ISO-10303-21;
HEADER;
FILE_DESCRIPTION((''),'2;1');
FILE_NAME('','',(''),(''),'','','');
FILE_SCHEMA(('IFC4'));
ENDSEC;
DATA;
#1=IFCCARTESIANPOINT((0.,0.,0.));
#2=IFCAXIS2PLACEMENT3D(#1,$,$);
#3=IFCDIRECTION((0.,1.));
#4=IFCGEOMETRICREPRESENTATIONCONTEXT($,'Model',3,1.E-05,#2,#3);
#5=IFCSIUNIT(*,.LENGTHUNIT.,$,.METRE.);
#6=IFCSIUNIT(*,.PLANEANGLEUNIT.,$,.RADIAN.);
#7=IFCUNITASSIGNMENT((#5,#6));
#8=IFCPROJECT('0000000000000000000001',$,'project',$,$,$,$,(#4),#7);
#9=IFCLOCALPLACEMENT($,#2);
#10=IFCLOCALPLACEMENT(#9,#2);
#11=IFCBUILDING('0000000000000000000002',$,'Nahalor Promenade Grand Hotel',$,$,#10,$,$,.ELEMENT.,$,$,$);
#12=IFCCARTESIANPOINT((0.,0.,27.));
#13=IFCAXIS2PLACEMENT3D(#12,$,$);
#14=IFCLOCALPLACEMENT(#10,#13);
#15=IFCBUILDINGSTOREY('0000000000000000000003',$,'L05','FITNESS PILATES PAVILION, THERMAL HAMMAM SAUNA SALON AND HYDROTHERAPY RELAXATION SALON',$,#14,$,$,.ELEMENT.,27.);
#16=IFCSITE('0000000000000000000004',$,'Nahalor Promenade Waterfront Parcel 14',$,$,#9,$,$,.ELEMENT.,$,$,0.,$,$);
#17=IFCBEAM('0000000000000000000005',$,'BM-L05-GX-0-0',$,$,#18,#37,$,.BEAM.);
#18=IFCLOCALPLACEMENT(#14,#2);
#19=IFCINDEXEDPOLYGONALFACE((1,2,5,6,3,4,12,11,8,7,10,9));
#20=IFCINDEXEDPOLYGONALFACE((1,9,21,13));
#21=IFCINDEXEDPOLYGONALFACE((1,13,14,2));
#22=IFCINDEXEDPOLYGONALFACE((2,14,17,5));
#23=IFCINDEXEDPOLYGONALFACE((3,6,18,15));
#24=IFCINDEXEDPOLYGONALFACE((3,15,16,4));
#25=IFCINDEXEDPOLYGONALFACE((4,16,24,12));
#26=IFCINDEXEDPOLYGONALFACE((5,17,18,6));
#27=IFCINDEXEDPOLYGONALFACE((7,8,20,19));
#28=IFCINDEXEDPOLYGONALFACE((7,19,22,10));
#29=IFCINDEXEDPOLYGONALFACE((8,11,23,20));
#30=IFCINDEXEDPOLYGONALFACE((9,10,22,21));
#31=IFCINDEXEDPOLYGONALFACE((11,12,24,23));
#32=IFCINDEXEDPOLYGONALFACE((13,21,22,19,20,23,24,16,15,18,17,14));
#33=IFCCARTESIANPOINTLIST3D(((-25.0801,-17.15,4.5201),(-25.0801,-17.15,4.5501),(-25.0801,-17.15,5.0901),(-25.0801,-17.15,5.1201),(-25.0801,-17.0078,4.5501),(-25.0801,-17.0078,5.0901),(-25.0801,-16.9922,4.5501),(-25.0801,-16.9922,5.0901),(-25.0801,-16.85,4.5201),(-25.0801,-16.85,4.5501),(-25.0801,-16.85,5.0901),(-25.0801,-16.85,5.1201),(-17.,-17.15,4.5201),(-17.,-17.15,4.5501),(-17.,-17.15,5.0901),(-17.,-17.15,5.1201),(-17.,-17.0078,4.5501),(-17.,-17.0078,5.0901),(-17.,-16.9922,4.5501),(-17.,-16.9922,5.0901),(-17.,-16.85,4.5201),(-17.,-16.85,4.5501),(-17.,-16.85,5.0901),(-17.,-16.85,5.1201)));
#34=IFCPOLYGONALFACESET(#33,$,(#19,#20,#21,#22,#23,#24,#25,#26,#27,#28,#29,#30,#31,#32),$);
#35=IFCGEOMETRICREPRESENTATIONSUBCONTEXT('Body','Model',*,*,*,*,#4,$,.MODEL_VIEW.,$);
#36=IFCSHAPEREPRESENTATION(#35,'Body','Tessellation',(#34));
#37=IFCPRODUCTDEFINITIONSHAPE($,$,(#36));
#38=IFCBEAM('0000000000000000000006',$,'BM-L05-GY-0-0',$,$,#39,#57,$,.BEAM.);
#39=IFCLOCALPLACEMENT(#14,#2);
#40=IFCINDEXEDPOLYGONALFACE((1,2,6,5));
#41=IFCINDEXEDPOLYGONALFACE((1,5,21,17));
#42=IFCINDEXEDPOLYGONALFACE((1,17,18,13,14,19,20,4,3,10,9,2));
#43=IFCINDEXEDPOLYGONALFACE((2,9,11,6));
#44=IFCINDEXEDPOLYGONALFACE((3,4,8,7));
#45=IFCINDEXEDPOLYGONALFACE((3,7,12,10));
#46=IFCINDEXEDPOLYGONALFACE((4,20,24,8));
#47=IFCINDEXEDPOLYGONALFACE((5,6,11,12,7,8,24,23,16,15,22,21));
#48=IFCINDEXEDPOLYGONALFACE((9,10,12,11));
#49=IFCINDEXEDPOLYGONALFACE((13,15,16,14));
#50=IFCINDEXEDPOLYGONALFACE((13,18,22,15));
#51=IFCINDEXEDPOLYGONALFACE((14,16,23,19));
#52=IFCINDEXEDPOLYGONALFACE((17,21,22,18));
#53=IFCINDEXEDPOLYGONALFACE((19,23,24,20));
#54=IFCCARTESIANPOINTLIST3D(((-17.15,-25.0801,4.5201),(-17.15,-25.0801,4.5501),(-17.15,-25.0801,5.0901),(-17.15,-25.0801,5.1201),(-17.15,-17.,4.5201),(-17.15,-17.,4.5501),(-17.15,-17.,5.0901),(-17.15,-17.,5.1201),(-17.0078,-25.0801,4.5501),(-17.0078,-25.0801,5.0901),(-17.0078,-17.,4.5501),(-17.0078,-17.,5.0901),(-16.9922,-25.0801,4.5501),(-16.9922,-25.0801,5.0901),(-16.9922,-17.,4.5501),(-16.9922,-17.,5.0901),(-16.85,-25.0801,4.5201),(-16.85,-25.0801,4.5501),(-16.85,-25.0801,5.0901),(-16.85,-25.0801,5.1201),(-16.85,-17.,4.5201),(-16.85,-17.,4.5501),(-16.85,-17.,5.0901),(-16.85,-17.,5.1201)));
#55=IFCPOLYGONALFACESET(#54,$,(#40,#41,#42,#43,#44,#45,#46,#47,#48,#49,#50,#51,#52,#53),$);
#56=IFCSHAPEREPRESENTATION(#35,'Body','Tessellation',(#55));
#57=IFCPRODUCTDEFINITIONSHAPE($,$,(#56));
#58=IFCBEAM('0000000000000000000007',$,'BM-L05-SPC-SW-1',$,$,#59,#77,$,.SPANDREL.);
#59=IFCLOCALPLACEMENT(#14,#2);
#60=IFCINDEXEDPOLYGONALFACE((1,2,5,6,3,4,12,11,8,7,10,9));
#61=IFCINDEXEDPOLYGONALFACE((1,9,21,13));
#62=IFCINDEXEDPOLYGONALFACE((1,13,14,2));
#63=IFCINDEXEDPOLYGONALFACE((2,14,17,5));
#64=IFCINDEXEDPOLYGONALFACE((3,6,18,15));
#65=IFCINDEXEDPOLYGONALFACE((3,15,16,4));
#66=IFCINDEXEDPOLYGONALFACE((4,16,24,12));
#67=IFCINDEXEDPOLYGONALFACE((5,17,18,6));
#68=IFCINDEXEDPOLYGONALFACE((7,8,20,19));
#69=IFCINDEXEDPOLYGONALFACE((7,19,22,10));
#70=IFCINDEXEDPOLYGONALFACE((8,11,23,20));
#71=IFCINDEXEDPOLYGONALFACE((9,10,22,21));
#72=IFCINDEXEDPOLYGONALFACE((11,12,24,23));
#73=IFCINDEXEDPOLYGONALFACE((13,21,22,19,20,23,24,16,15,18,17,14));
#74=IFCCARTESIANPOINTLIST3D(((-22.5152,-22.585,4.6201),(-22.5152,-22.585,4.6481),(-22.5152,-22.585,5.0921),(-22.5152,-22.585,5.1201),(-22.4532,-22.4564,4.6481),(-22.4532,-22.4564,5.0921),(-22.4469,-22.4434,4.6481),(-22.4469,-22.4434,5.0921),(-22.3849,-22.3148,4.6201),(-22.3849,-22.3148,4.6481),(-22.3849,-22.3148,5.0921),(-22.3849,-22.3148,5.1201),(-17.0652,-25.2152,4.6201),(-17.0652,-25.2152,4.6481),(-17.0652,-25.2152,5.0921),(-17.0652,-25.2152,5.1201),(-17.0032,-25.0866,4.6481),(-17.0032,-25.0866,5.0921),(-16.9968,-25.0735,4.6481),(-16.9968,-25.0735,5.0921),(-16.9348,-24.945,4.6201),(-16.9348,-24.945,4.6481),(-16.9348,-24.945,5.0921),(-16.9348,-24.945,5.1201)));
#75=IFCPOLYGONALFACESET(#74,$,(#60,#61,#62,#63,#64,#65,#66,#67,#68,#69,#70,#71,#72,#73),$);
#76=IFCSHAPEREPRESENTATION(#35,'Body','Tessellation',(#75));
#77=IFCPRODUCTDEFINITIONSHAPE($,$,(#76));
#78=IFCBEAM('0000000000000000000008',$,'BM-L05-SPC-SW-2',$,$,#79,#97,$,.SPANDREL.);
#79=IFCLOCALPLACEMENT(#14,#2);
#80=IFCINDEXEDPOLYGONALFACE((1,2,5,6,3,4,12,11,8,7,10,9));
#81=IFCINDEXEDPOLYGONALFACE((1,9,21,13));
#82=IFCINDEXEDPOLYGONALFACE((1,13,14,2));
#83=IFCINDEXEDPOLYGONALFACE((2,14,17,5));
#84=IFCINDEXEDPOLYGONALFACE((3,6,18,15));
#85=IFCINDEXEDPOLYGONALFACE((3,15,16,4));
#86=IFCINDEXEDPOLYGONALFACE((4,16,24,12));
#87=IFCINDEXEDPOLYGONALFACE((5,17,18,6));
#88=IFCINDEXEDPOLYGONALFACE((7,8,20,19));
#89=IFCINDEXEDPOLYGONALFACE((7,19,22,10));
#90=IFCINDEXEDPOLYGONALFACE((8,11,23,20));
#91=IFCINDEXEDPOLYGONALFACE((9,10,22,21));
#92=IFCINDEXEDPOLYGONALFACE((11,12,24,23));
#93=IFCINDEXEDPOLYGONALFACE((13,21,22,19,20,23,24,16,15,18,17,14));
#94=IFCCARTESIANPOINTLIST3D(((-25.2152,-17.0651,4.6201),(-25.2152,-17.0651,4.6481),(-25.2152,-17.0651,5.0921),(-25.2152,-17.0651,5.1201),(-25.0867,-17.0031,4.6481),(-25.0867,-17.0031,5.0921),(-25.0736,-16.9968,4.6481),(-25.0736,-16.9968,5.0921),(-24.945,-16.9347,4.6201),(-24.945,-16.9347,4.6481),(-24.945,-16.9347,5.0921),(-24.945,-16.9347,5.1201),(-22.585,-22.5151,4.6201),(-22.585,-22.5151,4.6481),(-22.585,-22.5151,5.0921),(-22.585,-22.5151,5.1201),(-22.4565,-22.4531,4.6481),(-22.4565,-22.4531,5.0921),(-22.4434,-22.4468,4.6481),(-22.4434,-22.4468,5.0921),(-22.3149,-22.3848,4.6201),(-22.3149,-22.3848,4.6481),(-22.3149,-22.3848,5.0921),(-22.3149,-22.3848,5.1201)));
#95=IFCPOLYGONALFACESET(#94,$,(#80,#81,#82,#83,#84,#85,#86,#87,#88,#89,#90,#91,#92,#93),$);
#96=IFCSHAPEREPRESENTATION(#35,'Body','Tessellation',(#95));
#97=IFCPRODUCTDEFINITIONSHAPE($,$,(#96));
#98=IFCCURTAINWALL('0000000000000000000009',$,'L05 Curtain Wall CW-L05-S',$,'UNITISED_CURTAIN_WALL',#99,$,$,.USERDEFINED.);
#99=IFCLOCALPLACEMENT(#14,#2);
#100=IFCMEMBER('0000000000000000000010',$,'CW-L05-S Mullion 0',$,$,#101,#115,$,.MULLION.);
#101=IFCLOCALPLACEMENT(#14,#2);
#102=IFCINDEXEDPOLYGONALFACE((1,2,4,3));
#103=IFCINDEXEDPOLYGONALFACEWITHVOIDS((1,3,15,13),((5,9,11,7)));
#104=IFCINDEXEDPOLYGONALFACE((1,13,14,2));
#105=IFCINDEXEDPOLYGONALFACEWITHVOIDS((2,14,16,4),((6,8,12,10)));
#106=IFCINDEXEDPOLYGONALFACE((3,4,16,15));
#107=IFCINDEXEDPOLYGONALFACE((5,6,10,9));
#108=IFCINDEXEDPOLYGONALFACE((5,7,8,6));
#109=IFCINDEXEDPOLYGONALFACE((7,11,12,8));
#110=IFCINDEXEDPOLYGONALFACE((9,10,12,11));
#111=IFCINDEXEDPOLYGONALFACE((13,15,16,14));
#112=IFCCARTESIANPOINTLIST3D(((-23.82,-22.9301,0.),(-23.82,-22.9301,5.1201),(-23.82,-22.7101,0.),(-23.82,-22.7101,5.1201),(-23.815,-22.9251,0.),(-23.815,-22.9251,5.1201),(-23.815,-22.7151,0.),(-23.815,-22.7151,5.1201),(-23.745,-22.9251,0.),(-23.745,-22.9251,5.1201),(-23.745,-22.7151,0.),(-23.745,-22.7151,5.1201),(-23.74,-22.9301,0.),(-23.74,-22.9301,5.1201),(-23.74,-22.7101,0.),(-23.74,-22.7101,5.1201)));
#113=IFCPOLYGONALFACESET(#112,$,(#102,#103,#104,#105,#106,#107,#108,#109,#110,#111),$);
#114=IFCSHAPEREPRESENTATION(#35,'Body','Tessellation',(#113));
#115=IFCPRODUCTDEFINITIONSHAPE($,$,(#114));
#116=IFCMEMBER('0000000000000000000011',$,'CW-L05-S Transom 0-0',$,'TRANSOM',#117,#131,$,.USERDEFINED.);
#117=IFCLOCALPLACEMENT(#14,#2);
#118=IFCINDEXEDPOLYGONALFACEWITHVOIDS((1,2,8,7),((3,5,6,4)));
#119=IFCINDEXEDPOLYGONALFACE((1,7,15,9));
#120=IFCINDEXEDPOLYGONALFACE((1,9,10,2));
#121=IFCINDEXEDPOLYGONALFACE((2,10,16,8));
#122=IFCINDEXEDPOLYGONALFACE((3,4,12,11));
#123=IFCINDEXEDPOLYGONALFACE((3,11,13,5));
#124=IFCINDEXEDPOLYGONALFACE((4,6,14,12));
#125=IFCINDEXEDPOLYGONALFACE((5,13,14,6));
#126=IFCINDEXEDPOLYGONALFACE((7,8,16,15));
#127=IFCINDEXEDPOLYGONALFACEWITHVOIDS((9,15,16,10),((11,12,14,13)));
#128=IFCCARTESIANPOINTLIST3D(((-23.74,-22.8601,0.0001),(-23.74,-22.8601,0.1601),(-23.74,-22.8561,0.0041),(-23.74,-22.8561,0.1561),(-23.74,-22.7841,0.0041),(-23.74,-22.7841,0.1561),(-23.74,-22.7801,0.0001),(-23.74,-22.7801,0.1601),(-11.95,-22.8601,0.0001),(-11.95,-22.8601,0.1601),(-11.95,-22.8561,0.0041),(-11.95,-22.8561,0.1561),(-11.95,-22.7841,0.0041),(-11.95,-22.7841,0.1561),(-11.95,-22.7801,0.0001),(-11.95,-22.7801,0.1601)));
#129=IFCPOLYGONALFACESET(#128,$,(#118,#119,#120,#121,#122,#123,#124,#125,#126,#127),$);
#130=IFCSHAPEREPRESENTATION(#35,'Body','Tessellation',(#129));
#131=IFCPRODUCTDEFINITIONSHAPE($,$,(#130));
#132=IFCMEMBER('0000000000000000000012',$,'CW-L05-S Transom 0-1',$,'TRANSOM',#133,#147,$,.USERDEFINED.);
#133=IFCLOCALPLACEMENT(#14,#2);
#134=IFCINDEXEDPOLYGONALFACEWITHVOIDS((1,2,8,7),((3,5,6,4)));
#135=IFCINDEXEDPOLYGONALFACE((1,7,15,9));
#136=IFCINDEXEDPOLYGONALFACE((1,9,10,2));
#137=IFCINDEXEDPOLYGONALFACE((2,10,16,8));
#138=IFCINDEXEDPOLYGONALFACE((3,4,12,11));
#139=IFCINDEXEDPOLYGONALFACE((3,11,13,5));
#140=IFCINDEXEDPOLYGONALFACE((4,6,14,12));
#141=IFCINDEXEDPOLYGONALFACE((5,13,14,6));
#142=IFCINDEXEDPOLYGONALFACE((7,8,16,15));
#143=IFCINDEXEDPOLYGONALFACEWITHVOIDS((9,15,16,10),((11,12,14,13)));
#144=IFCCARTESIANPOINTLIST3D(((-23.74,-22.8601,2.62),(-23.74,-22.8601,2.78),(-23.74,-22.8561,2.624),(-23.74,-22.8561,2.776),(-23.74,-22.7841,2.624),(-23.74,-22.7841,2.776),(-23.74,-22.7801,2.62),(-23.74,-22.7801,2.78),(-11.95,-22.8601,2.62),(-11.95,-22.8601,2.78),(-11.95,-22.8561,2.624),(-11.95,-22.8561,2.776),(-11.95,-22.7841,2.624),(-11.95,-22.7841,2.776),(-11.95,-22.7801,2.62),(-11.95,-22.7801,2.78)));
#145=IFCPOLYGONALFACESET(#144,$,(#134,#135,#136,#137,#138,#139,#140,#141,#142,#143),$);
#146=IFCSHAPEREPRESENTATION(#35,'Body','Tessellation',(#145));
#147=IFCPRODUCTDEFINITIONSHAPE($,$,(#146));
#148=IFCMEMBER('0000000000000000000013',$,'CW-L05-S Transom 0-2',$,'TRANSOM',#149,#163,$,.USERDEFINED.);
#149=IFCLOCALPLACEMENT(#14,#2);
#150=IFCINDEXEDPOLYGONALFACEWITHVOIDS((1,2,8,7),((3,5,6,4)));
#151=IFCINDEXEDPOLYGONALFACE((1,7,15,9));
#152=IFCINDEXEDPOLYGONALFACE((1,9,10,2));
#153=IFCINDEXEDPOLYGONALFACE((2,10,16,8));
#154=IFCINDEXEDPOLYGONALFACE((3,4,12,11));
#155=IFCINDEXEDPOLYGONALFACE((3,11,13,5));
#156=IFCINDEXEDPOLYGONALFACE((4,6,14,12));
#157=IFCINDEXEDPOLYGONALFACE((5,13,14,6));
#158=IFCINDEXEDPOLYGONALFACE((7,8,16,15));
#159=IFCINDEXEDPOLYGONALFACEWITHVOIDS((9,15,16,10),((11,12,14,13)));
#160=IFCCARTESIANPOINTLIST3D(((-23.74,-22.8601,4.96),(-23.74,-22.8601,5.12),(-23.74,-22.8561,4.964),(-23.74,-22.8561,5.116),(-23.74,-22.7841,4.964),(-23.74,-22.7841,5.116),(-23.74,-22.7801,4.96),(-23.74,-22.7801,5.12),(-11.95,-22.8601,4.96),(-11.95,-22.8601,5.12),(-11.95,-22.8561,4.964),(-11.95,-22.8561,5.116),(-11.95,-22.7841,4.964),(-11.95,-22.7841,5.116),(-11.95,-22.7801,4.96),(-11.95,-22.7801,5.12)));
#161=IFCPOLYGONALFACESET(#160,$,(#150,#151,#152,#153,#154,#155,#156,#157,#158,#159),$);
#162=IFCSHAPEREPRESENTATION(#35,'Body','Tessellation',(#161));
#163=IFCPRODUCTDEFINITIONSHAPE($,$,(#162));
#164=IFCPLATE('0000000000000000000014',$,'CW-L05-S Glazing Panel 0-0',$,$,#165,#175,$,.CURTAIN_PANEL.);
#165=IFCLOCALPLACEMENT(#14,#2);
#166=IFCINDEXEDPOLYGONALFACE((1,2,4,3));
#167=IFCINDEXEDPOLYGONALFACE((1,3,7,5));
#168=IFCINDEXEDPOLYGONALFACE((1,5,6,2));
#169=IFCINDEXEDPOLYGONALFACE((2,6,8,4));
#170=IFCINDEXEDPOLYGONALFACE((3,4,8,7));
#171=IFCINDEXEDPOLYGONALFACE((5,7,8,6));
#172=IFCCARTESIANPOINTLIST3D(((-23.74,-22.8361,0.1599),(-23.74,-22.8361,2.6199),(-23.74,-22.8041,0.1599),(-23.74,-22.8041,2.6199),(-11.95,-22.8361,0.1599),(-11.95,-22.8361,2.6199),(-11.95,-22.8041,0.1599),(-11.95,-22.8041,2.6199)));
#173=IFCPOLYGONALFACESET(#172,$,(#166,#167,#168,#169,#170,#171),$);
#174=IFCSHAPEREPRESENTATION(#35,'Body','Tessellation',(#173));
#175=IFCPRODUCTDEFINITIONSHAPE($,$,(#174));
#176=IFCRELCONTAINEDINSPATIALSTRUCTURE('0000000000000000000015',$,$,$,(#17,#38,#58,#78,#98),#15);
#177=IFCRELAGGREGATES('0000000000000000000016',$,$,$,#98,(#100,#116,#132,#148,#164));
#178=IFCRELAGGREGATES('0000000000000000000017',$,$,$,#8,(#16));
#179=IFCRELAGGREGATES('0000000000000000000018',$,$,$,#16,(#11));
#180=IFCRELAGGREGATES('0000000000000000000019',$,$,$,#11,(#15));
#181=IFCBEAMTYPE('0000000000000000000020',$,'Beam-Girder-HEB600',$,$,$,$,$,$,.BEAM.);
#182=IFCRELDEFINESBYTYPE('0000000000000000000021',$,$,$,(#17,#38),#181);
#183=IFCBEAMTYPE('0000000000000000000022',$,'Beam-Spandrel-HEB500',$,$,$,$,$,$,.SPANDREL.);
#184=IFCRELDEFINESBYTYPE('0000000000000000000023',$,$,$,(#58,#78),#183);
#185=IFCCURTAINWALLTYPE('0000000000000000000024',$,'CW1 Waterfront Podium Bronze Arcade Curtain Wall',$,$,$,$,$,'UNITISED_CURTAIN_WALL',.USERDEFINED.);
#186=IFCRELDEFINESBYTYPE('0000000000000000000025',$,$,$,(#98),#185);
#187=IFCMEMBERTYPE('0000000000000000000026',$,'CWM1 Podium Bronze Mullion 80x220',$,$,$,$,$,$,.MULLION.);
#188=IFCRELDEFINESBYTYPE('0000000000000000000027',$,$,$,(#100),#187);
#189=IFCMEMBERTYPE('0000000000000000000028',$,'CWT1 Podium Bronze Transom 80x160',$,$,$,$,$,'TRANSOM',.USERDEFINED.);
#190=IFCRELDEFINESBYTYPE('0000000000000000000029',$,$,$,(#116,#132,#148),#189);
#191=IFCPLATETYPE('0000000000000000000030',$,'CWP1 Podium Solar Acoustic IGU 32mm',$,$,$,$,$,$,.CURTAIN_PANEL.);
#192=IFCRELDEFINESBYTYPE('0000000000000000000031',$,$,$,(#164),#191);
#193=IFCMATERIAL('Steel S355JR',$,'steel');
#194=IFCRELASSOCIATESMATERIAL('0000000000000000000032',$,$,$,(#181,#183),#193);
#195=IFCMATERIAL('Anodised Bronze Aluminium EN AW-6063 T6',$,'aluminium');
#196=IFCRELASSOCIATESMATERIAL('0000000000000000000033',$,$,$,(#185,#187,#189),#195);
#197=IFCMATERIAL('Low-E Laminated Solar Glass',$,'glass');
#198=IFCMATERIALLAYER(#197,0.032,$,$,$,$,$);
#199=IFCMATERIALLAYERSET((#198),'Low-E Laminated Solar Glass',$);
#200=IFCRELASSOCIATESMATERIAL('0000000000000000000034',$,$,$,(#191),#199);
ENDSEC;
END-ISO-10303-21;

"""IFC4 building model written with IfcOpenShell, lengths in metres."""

from ifc_helpers import new_model, si_unit, direction, frame, origin, origin_2d, place, context, subcontext, project, spatial, rectangle, hollow_rectangle, i_section, extrude, source, transform, mapped, material, layer, layer_set, material_profile, profile_set, type_object, element, aggregate, save


model = new_model("IFC4")

# Units and contexts
model_context = context("Model", 3, precision=1e-05, world=origin(), true_north=direction((0.0, 1.0)))
body_context = subcontext(model_context, "Body", "Model", "MODEL_VIEW")
ifc_project = project(units=[si_unit("LENGTHUNIT", "METRE"), si_unit("PLANEANGLEUNIT", "RADIAN")], contexts=[model_context])

# Site, building, storey
site_placement = place(None, origin())
site = spatial("IfcSite", under=ifc_project, at=site_placement, Name="Nahalor Promenade Waterfront Parcel 14", CompositionType="ELEMENT", RefElevation=0.0)
building_placement = place(site_placement, origin())
building = spatial("IfcBuilding", under=site, at=building_placement, Name="Nahalor Promenade Grand Hotel", CompositionType="ELEMENT")
storey_placement = place(building_placement, frame((0.0, 0.0, 27.0)))
storey = spatial("IfcBuildingStorey", under=building, at=storey_placement, Name="L05", Description="FITNESS PILATES PAVILION, THERMAL HAMMAM SAUNA SALON AND HYDROTHERAPY RELAXATION SALON", CompositionType="ELEMENT", Elevation=27.0)

# Beams
ifc_material_1 = material(Name="Steel S355JR", Category="steel")
ifc_material_profile_1 = material_profile(ifc_material_1, i_section(OverallWidth=0.3, OverallDepth=0.6, WebThickness=0.0155, FlangeThickness=0.03, at=origin_2d()), Name="HEB 600")
ifc_profile_set_1 = profile_set([ifc_material_profile_1], Name="Steel S355JR")
beam_type_1 = type_object("IfcBeamType", Name="Beam-Girder-HEB600", PredefinedType="BEAM", material=ifc_profile_set_1)
ifc_material_profile_2 = material_profile(ifc_material_1, i_section(OverallWidth=0.3, OverallDepth=0.5, WebThickness=0.0145, FlangeThickness=0.028, at=origin_2d()), Name="HEB 500")
ifc_profile_set_2 = profile_set([ifc_material_profile_2], Name="Steel S355JR")
beam_type_2 = type_object("IfcBeamType", Name="Beam-Spandrel-HEB500", PredefinedType="SPANDREL", material=ifc_profile_set_2)
shared_shape_1 = source(origin(), body_context, "Body", "SweptSolid", [
    extrude(i_section(OverallWidth=0.3, OverallDepth=0.6, WebThickness=0.0155, FlangeThickness=0.03, at=origin_2d()), origin(), (0.0, 0.0, 1.0), 8.0801),
])
for number, where, z_axis, x_axis, name in (
    (1, (-25.0801, -17.0, 4.8201), (1.0, 0.0, 0.0), (0.0, 1.0, 0.0), "BM-L05-GX-0-0"),
    (2, (-17.0, -25.0801, 4.8201), (0.0, 1.0, 0.0), (-1.0, 0.0, 0.0), "BM-L05-GY-0-0"),
):
    element("IfcBeam", number, at=place(storey_placement, frame(where, z_axis=z_axis, x_axis=x_axis)), inside=storey, type_object=beam_type_1, Name=name, PredefinedType="BEAM", context=body_context, shape_type="MappedRepresentation", body=[
        mapped(shared_shape_1, transform((0.0, 0.0, 0.0), scale=1.0)),
    ])
shared_shape_2 = source(origin(), body_context, "Body", "SweptSolid", [
    extrude(i_section(OverallWidth=0.3, OverallDepth=0.5, WebThickness=0.0145, FlangeThickness=0.028, at=origin_2d()), origin(), (0.0, 0.0, 1.0), 6.0515),
])
for number, where, z_axis, x_axis, name in (
    (3, (-17.0, -25.0801, 4.8701), (-0.900609, 0.434631, 0.0), (-0.434631, -0.900609, 0.0), "BM-L05-SPC-SW-1"),
    (4, (-22.45, -22.45, 4.8701), (-0.434631, 0.900609, 0.0), (-0.900609, -0.434631, 0.0), "BM-L05-SPC-SW-2"),
):
    element("IfcBeam", number, at=place(storey_placement, frame(where, z_axis=z_axis, x_axis=x_axis)), inside=storey, type_object=beam_type_2, Name=name, PredefinedType="SPANDREL", context=body_context, shape_type="MappedRepresentation", body=[
        mapped(shared_shape_2, transform((0.0, 0.0, 0.0), scale=1.0)),
    ])

# Curtain wall, members, plate
ifc_material_2 = material(Name="Anodised Bronze Aluminium EN AW-6063 T6", Category="aluminium")
curtain_wall_type = type_object("IfcCurtainWallType", Name="CW1 Waterfront Podium Bronze Arcade Curtain Wall", ElementType="UNITISED_CURTAIN_WALL", PredefinedType="USERDEFINED", material=ifc_material_2)
curtain_wall_placement = place(storey_placement, origin())
curtain_wall = element("IfcCurtainWall", 5, at=curtain_wall_placement, inside=storey, type_object=curtain_wall_type, Name="L05 Curtain Wall CW-L05-S", ObjectType="UNITISED_CURTAIN_WALL", PredefinedType="USERDEFINED")
ifc_material_profile_3 = material_profile(ifc_material_2, hollow_rectangle(XDim=0.08, YDim=0.22, WallThickness=0.005, at=origin_2d()), Name="CWM 80x220x5")
ifc_profile_set_3 = profile_set([ifc_material_profile_3], Name="Anodised Bronze Aluminium EN AW-6063 T6")
member_type_1 = type_object("IfcMemberType", Name="CWM1 Podium Bronze Mullion 80x220", PredefinedType="MULLION", material=ifc_profile_set_3)
shared_shape_3 = source(origin(), body_context, "Body", "SweptSolid", [
    extrude(hollow_rectangle(XDim=0.08, YDim=0.22, WallThickness=0.005, at=origin_2d()), origin(), (0.0, 0.0, 1.0), 5.1201),
])
member_1_placement = place(storey_placement, frame((-23.78, -22.8201, 0.0), z_axis=(0.0, 0.0, 1.0), x_axis=(1.0, 0.0, 0.0)))
member_1 = element("IfcMember", 6, at=member_1_placement, type_object=member_type_1, Name="CW-L05-S Mullion 0", PredefinedType="MULLION", context=body_context, shape_type="MappedRepresentation", body=[
    mapped(shared_shape_3, transform((0.0, 0.0, 0.0), scale=1.0)),
])
ifc_material_profile_4 = material_profile(ifc_material_2, hollow_rectangle(XDim=0.08, YDim=0.16, WallThickness=0.004, at=origin_2d()), Name="CWT 80x160x4")
ifc_profile_set_4 = profile_set([ifc_material_profile_4], Name="Anodised Bronze Aluminium EN AW-6063 T6")
member_type_2 = type_object("IfcMemberType", Name="CWT1 Podium Bronze Transom 80x160", ElementType="TRANSOM", PredefinedType="USERDEFINED", material=ifc_profile_set_4)
shared_shape_4 = source(origin(), body_context, "Body", "SweptSolid", [
    extrude(hollow_rectangle(XDim=0.08, YDim=0.16, WallThickness=0.004, at=origin_2d()), origin(), (0.0, 0.0, 1.0), 11.79),
])
member_2_placement = place(storey_placement, frame((-23.74, -22.8201, 0.0801), z_axis=(1.0, 0.0, 0.0), x_axis=(0.0, 1.0, 0.0)))
member_2 = element("IfcMember", 7, at=member_2_placement, type_object=member_type_2, Name="CW-L05-S Transom 0-0", ObjectType="TRANSOM", PredefinedType="USERDEFINED", context=body_context, shape_type="MappedRepresentation", body=[
    mapped(shared_shape_4, transform((0.0, 0.0, 0.0), scale=1.0)),
])
member_3_placement = place(storey_placement, frame((-23.74, -22.8201, 2.7), z_axis=(1.0, 0.0, 0.0), x_axis=(0.0, 1.0, 0.0)))
member_3 = element("IfcMember", 8, at=member_3_placement, type_object=member_type_2, Name="CW-L05-S Transom 0-1", ObjectType="TRANSOM", PredefinedType="USERDEFINED", context=body_context, shape_type="MappedRepresentation", body=[
    mapped(shared_shape_4, transform((0.0, 0.0, 0.0), scale=1.0)),
])
member_4_placement = place(storey_placement, frame((-23.74, -22.8201, 5.04), z_axis=(1.0, 0.0, 0.0), x_axis=(0.0, 1.0, 0.0)))
member_4 = element("IfcMember", 9, at=member_4_placement, type_object=member_type_2, Name="CW-L05-S Transom 0-2", ObjectType="TRANSOM", PredefinedType="USERDEFINED", context=body_context, shape_type="MappedRepresentation", body=[
    mapped(shared_shape_4, transform((0.0, 0.0, 0.0), scale=1.0)),
])
ifc_material_3 = material(Name="Low-E Laminated Solar Glass", Category="glass")
ifc_layer_1 = layer(ifc_material_3, 0.032)
ifc_layer_set_1 = layer_set([ifc_layer_1], Name="Low-E Laminated Solar Glass")
plate_type = type_object("IfcPlateType", Name="CWP1 Podium Solar Acoustic IGU 32mm", PredefinedType="CURTAIN_PANEL", material=ifc_layer_set_1)
shared_shape_5 = source(origin(), body_context, "Body", "SweptSolid", [
    extrude(rectangle(XDim=11.79, YDim=0.032, at=origin_2d()), origin(), (0.0, 0.0, 1.0), 2.46),
])
plate_1_placement = place(storey_placement, frame((-17.845, -22.8201, 0.1599), z_axis=(0.0, 0.0, 1.0), x_axis=(1.0, 0.0, 0.0)))
plate_1 = element("IfcPlate", 10, at=plate_1_placement, type_object=plate_type, Name="CW-L05-S Glazing Panel 0-0", PredefinedType="CURTAIN_PANEL", context=body_context, shape_type="MappedRepresentation", body=[
    mapped(shared_shape_5, transform((0.0, 0.0, 0.0), scale=1.0)),
])
aggregate(curtain_wall, [member_1, member_2, member_3, member_4, plate_1])

save(model, "model.ifc")
